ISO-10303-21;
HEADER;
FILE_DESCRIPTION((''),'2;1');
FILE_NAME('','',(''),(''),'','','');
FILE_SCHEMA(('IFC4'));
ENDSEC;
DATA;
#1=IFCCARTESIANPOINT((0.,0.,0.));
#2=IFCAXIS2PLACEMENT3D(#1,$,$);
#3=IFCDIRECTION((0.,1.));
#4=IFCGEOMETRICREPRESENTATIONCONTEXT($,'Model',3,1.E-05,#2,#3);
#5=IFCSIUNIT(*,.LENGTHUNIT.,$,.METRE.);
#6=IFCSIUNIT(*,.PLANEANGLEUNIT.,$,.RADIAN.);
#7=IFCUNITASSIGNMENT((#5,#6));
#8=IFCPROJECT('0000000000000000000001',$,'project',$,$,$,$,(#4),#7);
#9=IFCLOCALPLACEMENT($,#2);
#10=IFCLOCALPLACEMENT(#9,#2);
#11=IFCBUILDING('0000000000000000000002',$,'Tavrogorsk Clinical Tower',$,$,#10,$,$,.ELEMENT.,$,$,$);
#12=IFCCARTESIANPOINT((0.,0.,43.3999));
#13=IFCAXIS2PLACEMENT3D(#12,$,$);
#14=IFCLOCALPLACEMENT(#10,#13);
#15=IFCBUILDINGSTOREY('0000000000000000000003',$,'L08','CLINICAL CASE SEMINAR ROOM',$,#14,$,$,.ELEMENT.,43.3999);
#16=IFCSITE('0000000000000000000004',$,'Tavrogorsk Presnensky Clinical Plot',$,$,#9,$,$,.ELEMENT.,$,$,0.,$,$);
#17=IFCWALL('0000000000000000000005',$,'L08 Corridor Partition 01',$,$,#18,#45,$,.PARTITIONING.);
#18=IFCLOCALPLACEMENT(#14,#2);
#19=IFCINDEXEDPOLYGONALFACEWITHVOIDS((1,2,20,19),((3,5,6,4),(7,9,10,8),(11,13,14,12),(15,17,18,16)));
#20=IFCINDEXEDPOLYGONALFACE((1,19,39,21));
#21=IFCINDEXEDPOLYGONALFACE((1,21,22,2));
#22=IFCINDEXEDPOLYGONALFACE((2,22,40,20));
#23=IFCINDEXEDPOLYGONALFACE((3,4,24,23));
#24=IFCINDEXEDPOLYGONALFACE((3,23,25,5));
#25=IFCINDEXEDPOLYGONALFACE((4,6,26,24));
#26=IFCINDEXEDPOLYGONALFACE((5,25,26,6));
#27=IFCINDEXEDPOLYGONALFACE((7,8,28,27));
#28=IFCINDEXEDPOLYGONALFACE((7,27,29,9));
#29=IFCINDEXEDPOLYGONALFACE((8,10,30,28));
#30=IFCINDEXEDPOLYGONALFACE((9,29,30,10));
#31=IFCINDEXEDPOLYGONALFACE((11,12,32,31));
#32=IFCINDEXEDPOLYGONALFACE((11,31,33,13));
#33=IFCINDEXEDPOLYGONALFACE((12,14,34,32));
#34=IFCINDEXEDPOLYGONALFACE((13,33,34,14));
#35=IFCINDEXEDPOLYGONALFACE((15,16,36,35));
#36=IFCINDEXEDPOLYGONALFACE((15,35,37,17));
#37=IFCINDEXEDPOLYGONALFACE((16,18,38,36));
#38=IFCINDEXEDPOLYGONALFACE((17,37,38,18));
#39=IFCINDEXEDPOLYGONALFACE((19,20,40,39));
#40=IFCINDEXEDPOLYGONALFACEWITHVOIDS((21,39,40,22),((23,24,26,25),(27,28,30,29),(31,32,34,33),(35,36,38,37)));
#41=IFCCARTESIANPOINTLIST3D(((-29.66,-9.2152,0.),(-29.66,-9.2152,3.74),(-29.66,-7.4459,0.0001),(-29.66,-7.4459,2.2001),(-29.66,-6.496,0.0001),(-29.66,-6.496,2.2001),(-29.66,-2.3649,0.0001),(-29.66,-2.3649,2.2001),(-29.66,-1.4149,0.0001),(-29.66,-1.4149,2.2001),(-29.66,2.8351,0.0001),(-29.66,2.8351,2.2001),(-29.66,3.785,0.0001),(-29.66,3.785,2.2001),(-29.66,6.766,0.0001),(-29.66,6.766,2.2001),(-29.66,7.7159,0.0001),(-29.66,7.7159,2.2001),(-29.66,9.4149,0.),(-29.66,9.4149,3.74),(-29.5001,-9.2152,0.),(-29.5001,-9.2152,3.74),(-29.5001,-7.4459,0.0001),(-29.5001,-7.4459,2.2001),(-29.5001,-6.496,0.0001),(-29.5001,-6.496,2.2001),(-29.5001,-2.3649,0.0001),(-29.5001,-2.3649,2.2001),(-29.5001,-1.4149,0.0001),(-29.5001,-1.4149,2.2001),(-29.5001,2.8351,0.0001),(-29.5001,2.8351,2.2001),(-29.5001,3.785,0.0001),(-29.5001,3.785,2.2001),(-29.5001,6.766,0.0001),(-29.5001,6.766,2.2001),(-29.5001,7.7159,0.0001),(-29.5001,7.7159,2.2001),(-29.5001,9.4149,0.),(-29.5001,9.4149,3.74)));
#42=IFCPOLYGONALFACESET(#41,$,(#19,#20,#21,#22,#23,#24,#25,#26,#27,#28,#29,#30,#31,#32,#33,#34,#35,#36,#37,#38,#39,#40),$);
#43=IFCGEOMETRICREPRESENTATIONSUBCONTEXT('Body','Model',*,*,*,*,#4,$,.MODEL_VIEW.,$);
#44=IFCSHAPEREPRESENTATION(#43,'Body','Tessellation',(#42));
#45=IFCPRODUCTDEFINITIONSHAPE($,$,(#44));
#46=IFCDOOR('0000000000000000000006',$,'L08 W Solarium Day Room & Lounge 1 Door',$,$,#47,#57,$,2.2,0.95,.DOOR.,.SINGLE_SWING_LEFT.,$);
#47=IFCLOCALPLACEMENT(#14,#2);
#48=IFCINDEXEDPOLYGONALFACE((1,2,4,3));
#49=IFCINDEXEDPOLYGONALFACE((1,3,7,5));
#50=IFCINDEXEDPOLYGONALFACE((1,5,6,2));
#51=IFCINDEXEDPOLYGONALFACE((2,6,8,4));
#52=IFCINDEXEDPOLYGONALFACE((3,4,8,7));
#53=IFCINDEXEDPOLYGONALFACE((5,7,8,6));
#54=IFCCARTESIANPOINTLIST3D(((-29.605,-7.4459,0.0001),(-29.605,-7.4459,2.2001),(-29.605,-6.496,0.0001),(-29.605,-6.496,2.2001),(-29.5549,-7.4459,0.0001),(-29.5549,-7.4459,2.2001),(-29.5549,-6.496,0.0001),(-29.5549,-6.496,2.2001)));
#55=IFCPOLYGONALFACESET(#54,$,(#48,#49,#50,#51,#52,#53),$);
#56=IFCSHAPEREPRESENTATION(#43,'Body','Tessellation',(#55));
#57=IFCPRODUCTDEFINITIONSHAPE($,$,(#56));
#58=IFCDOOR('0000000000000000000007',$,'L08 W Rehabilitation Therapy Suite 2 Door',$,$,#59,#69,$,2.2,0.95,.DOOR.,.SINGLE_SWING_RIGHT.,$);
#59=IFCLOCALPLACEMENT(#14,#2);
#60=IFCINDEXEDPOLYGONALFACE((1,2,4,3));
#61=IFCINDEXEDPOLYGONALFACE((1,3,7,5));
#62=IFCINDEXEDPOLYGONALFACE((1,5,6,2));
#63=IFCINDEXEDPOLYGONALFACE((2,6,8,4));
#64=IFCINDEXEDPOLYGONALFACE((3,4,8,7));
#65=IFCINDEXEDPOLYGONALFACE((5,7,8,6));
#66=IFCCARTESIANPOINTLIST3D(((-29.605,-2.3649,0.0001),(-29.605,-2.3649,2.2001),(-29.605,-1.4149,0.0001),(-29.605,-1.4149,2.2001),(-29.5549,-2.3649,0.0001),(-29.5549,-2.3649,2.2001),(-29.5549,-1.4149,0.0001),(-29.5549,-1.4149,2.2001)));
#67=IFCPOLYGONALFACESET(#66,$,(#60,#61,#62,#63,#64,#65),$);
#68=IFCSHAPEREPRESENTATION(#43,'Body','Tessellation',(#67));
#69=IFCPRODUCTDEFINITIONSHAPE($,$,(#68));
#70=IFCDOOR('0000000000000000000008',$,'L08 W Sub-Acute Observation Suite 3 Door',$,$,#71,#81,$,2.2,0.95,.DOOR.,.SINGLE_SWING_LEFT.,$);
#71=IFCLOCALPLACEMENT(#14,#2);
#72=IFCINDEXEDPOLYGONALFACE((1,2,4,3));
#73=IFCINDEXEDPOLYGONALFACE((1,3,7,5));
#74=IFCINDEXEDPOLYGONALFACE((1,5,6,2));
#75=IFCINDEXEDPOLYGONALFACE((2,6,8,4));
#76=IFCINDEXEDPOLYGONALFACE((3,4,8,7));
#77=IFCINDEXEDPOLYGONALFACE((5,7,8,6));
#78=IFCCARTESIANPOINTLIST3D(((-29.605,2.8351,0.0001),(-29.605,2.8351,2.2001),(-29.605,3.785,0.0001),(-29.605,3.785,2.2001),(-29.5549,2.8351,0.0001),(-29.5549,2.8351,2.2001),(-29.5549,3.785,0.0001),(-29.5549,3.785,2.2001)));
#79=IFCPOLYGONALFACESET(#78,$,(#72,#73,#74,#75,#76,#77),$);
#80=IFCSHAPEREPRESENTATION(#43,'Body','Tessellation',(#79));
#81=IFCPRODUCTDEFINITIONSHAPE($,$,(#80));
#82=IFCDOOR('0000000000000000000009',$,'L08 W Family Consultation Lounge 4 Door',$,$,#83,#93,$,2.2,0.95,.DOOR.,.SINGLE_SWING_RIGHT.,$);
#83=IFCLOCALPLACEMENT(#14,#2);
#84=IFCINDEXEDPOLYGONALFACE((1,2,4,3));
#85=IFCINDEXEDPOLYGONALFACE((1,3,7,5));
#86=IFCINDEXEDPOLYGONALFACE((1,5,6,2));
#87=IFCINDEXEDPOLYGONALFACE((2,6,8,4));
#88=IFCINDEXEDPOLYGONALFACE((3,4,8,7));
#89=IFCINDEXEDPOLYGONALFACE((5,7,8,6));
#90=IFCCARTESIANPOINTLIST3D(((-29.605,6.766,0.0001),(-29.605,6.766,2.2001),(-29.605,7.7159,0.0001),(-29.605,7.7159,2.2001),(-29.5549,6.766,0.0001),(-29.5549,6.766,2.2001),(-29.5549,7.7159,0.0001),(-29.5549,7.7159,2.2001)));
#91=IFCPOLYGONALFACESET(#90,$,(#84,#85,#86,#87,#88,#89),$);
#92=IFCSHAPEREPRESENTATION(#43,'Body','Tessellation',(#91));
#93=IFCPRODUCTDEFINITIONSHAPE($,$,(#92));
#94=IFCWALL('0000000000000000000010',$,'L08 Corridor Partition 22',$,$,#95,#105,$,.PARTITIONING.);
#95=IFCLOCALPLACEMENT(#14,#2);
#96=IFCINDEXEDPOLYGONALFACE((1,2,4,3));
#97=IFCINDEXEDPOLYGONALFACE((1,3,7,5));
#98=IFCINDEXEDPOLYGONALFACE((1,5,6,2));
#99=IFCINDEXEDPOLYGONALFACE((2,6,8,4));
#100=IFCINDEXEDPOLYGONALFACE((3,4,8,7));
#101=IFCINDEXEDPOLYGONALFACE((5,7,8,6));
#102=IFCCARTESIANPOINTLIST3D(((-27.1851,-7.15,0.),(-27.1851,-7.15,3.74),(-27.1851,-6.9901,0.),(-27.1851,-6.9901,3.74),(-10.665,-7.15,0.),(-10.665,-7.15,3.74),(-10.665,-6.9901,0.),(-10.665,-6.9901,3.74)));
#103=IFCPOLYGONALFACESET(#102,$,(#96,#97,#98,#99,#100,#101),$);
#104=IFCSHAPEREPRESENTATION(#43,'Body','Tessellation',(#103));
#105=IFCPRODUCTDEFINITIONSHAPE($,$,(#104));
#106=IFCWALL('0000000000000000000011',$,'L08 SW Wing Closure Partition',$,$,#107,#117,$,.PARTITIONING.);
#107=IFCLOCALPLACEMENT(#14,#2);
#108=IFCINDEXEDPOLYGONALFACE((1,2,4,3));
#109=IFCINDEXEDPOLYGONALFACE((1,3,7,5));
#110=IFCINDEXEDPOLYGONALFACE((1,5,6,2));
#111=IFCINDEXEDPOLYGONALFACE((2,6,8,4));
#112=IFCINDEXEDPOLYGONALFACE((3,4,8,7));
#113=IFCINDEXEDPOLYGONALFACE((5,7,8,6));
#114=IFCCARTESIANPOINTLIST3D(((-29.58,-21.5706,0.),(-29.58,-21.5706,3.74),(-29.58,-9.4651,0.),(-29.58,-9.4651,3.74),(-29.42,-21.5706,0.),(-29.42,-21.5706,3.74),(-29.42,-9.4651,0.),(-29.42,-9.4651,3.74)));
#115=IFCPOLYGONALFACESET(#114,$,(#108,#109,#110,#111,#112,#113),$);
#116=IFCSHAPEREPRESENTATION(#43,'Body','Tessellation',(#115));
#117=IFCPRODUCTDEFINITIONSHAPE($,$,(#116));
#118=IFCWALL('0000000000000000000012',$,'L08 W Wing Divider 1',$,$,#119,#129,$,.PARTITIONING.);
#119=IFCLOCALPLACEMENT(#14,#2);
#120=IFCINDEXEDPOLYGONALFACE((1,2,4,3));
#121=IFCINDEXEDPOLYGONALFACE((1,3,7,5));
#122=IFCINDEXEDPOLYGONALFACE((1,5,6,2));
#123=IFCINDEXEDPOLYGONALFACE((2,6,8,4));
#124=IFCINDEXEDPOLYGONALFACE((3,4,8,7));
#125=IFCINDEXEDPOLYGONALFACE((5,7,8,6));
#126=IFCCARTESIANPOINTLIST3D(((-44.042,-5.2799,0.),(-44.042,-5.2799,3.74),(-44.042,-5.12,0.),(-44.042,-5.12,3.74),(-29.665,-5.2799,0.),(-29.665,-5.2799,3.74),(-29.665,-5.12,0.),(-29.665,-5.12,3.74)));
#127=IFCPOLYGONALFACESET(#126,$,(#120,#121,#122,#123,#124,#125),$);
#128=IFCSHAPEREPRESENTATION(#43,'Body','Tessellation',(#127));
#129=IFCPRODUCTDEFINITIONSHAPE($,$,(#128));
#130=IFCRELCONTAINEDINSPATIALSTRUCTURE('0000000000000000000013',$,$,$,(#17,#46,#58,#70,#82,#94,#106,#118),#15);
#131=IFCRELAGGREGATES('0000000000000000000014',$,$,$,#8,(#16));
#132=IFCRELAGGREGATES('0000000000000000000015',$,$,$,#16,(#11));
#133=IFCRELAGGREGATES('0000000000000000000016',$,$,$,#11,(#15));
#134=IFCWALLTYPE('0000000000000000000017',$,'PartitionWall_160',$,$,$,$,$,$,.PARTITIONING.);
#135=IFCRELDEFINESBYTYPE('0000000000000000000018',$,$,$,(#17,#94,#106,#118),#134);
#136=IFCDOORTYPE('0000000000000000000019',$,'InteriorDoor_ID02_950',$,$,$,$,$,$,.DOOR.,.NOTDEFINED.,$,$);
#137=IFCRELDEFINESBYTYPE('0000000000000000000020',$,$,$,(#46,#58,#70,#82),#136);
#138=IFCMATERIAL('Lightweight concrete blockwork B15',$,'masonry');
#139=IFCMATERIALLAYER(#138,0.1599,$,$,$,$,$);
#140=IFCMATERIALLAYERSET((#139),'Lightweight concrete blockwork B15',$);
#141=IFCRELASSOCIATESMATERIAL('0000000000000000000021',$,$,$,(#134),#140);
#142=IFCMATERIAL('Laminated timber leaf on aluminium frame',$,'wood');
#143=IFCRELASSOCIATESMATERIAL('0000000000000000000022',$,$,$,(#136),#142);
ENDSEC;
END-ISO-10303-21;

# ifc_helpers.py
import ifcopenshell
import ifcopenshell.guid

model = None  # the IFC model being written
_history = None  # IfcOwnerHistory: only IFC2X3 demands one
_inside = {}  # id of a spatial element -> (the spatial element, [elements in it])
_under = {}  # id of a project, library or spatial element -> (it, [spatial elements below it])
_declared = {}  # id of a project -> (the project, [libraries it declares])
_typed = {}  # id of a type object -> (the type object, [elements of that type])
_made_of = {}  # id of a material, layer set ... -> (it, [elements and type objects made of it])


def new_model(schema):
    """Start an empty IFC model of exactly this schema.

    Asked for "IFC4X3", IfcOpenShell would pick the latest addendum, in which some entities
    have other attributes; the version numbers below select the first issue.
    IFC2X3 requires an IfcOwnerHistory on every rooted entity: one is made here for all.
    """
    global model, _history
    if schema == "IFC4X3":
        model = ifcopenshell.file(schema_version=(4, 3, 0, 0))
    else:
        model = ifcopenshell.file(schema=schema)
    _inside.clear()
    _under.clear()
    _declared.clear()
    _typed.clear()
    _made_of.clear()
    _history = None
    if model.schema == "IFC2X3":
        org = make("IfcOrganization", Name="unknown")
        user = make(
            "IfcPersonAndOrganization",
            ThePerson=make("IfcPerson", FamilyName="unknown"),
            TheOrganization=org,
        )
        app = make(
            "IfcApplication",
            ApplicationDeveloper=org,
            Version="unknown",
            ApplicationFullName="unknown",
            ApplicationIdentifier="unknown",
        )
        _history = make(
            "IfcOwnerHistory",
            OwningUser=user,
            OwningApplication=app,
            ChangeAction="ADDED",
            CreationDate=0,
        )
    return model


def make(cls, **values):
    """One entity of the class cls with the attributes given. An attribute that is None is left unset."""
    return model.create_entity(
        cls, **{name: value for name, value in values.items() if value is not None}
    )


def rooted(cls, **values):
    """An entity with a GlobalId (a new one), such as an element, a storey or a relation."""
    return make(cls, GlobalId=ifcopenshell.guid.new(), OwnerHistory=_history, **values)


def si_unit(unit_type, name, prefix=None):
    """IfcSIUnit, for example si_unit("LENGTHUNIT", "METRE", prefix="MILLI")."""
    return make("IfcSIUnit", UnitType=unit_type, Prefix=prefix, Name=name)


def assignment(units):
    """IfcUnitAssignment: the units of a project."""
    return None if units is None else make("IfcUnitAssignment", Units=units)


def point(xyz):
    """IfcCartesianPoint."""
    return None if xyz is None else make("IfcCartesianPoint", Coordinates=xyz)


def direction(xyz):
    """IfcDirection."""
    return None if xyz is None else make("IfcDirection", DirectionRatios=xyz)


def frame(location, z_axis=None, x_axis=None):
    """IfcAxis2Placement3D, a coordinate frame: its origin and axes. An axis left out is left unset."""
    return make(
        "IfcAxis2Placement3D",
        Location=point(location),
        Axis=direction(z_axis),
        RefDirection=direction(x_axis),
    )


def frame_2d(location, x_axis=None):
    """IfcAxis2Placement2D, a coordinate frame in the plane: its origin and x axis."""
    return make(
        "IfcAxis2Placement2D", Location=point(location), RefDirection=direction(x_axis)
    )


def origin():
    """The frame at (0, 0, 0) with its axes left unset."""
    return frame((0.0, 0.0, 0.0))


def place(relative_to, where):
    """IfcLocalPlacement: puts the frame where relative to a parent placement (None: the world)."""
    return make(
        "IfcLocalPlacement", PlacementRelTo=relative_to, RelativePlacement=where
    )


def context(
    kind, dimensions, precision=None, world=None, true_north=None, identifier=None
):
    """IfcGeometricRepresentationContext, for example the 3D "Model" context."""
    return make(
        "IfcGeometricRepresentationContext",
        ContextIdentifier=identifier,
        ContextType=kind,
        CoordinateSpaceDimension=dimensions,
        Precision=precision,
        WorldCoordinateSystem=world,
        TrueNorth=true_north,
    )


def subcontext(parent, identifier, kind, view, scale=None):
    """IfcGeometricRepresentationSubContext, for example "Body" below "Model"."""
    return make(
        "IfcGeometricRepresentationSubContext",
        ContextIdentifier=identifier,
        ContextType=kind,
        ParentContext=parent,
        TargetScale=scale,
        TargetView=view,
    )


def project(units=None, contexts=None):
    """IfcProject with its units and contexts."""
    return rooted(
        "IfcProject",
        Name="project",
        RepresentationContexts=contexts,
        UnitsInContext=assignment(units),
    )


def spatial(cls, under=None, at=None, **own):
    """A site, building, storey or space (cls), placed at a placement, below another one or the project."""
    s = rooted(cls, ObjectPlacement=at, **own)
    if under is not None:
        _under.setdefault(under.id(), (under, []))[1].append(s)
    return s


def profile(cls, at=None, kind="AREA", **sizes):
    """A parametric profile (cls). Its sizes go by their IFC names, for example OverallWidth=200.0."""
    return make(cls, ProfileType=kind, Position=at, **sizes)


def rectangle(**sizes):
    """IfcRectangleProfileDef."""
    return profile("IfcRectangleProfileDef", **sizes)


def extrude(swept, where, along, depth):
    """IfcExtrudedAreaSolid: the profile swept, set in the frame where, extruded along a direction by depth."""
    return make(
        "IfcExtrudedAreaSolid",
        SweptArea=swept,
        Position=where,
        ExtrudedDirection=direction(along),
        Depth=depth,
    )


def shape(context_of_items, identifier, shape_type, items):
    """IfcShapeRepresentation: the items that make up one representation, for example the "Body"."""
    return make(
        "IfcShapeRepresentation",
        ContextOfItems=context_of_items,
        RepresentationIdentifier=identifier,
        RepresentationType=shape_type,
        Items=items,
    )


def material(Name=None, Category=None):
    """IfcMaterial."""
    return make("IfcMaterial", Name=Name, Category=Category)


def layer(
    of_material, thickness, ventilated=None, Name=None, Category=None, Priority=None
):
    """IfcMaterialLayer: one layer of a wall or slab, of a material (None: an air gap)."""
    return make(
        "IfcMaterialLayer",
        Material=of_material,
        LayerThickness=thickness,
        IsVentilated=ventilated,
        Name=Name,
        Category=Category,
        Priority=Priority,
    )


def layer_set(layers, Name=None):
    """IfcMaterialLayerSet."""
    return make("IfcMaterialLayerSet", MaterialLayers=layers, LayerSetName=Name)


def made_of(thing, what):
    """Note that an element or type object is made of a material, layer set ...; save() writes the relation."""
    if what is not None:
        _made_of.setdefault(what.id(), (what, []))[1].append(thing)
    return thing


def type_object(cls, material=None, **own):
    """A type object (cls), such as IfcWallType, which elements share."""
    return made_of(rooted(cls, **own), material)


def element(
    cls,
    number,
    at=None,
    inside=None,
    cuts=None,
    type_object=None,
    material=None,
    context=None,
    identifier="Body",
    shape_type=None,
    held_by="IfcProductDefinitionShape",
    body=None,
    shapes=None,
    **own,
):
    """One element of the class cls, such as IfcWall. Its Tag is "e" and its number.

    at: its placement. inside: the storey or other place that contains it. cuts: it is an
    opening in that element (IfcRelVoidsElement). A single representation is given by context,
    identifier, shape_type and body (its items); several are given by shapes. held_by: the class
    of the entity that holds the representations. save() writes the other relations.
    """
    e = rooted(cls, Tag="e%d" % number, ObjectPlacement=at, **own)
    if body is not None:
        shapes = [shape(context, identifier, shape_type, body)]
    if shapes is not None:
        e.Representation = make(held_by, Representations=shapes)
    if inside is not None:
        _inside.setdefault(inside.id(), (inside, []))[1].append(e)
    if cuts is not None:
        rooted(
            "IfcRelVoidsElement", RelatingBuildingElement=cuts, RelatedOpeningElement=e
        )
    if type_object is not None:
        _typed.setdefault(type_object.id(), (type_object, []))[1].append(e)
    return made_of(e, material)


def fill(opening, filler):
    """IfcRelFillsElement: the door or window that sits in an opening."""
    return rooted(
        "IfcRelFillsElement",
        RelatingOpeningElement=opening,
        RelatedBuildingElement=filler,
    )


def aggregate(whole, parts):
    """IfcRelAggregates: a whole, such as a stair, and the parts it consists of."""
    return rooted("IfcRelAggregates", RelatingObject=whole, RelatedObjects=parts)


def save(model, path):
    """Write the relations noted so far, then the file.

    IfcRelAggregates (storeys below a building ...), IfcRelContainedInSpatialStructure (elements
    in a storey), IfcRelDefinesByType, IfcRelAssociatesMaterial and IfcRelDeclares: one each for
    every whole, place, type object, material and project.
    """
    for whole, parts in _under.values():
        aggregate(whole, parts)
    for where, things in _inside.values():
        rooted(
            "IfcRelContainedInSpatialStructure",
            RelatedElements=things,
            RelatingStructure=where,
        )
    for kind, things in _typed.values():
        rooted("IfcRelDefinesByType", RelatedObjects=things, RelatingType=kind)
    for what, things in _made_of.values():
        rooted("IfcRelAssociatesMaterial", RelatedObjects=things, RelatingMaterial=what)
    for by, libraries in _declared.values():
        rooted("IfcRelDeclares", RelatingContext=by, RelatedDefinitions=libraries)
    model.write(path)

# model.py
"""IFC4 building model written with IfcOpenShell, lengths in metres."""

from ifc_helpers import new_model, si_unit, direction, frame, frame_2d, origin, place, context, subcontext, project, spatial, rectangle, extrude, material, layer, layer_set, type_object, element, fill, save


model = new_model("IFC4")

# Units and contexts
model_context = context("Model", 3, precision=1e-05, world=origin(), true_north=direction((0.0, 1.0)))
body_context = subcontext(model_context, "Body", "Model", "MODEL_VIEW")
ifc_project = project(units=[si_unit("LENGTHUNIT", "METRE"), si_unit("PLANEANGLEUNIT", "RADIAN")], contexts=[model_context])

# Site, building, storey
site_placement = place(None, origin())
site = spatial("IfcSite", under=ifc_project, at=site_placement, Name="Tavrogorsk Presnensky Clinical Plot", CompositionType="ELEMENT", RefElevation=0.0)
building_placement = place(site_placement, origin())
building = spatial("IfcBuilding", under=site, at=building_placement, Name="Tavrogorsk Clinical Tower", CompositionType="ELEMENT")
storey_placement = place(building_placement, frame((0.0, 0.0, 43.3999)))
storey = spatial("IfcBuildingStorey", under=building, at=storey_placement, Name="L08", Description="CLINICAL CASE SEMINAR ROOM", CompositionType="ELEMENT", Elevation=43.3999)

# Shared definitions
ifc_material_1 = material(Name="Lightweight concrete blockwork B15", Category="masonry")
ifc_layer_1 = layer(ifc_material_1, 0.1599)
ifc_layer_set_1 = layer_set([ifc_layer_1], Name="Lightweight concrete blockwork B15")
wall_type_1 = type_object("IfcWallType", Name="PartitionWall_160", PredefinedType="PARTITIONING", material=ifc_layer_set_1)

# Wall, openings, doors
wall_1_placement = place(storey_placement, frame((-29.5801, -9.2151, 0.0), z_axis=(0.0, 0.0, 1.0), x_axis=(0.0, 1.0, 0.0)))
wall_1 = element("IfcWall", 1, at=wall_1_placement, inside=storey, type_object=wall_type_1, Name="L08 Corridor Partition 01", PredefinedType="PARTITIONING", context=body_context, shape_type="SweptSolid", body=[
    extrude(rectangle(XDim=18.6301, YDim=0.1599, at=frame_2d((9.3149, 0.0))), origin(), (0.0, 0.0, 1.0), 3.74),
])
opening_1_placement = place(wall_1_placement, frame((1.769, 0.0, 0.0)))
opening_1 = element("IfcOpeningElement", 2, at=opening_1_placement, cuts=wall_1, PredefinedType="OPENING", context=body_context, shape_type="SweptSolid", body=[
    extrude(rectangle(XDim=0.95, YDim=2.2, at=frame_2d((0.4751, 1.1001))), frame((0.0, 0.0898, 0.0), z_axis=(0.0, -1.0, 0.0), x_axis=(1.0, 0.0, 0.0)), (0.0, 0.0, 1.0), 0.1799),
])
opening_2_placement = place(wall_1_placement, frame((6.8501, 0.0, 0.0)))
opening_2 = element("IfcOpeningElement", 3, at=opening_2_placement, cuts=wall_1, PredefinedType="OPENING", context=body_context, shape_type="SweptSolid", body=[
    extrude(rectangle(XDim=0.95, YDim=2.2, at=frame_2d((0.4751, 1.1001))), frame((0.0, 0.0898, 0.0), z_axis=(0.0, -1.0, 0.0), x_axis=(1.0, 0.0, 0.0)), (0.0, 0.0, 1.0), 0.1799),
])
opening_3_placement = place(wall_1_placement, frame((12.05, 0.0, 0.0)))
opening_3 = element("IfcOpeningElement", 4, at=opening_3_placement, cuts=wall_1, PredefinedType="OPENING", context=body_context, shape_type="SweptSolid", body=[
    extrude(rectangle(XDim=0.95, YDim=2.2, at=frame_2d((0.4751, 1.1001))), frame((0.0, 0.0898, 0.0), z_axis=(0.0, -1.0, 0.0), x_axis=(1.0, 0.0, 0.0)), (0.0, 0.0, 1.0), 0.1799),
])
opening_4_placement = place(wall_1_placement, frame((15.981, 0.0, 0.0)))
opening_4 = element("IfcOpeningElement", 5, at=opening_4_placement, cuts=wall_1, PredefinedType="OPENING", context=body_context, shape_type="SweptSolid", body=[
    extrude(rectangle(XDim=0.95, YDim=2.2, at=frame_2d((0.4751, 1.1001))), frame((0.0, 0.0898, 0.0), z_axis=(0.0, -1.0, 0.0), x_axis=(1.0, 0.0, 0.0)), (0.0, 0.0, 1.0), 0.1799),
])
ifc_material_2 = material(Name="Laminated timber leaf on aluminium frame", Category="wood")
door_type = type_object("IfcDoorType", Name="InteriorDoor_ID02_950", OperationType="NOTDEFINED", PredefinedType="DOOR", material=ifc_material_2)
door_1_placement = place(opening_1_placement, origin())
door_1 = element("IfcDoor", 6, at=door_1_placement, inside=storey, type_object=door_type, Name="L08 W Solarium Day Room & Lounge 1 Door", OperationType="SINGLE_SWING_LEFT", OverallHeight=2.2, OverallWidth=0.95, PredefinedType="DOOR", context=body_context, shape_type="SweptSolid", body=[
    extrude(rectangle(XDim=0.95, YDim=2.2, at=frame_2d((0.4751, 1.1001))), frame((0.0, 0.0249, 0.0), z_axis=(0.0, -1.0, 0.0), x_axis=(1.0, 0.0, 0.0)), (0.0, 0.0, 1.0), 0.05),
])
fill(opening_1, door_1)
door_2_placement = place(opening_2_placement, origin())
door_2 = element("IfcDoor", 7, at=door_2_placement, inside=storey, type_object=door_type, Name="L08 W Rehabilitation Therapy Suite 2 Door", OperationType="SINGLE_SWING_RIGHT", OverallHeight=2.2, OverallWidth=0.95, PredefinedType="DOOR", context=body_context, shape_type="SweptSolid", body=[
    extrude(rectangle(XDim=0.95, YDim=2.2, at=frame_2d((0.4751, 1.1001))), frame((0.0, 0.0249, 0.0), z_axis=(0.0, -1.0, 0.0), x_axis=(1.0, 0.0, 0.0)), (0.0, 0.0, 1.0), 0.05),
])
fill(opening_2, door_2)
door_3_placement = place(opening_3_placement, origin())
door_3 = element("IfcDoor", 8, at=door_3_placement, inside=storey, type_object=door_type, Name="L08 W Sub-Acute Observation Suite 3 Door", OperationType="SINGLE_SWING_LEFT", OverallHeight=2.2, OverallWidth=0.95, PredefinedType="DOOR", context=body_context, shape_type="SweptSolid", body=[
    extrude(rectangle(XDim=0.95, YDim=2.2, at=frame_2d((0.4751, 1.1001))), frame((0.0, 0.0249, 0.0), z_axis=(0.0, -1.0, 0.0), x_axis=(1.0, 0.0, 0.0)), (0.0, 0.0, 1.0), 0.05),
])
fill(opening_3, door_3)
door_4_placement = place(opening_4_placement, origin())
door_4 = element("IfcDoor", 9, at=door_4_placement, inside=storey, type_object=door_type, Name="L08 W Family Consultation Lounge 4 Door", OperationType="SINGLE_SWING_RIGHT", OverallHeight=2.2, OverallWidth=0.95, PredefinedType="DOOR", context=body_context, shape_type="SweptSolid", body=[
    extrude(rectangle(XDim=0.95, YDim=2.2, at=frame_2d((0.4751, 1.1001))), frame((0.0, 0.0249, 0.0), z_axis=(0.0, -1.0, 0.0), x_axis=(1.0, 0.0, 0.0)), (0.0, 0.0, 1.0), 0.05),
])
fill(opening_4, door_4)

# Walls
wall_2_placement = place(storey_placement, frame((-27.1851, -7.0701, 0.0), z_axis=(0.0, 0.0, 1.0), x_axis=(1.0, 0.0, 0.0)))
element("IfcWall", 10, at=wall_2_placement, inside=storey, type_object=wall_type_1, Name="L08 Corridor Partition 22", PredefinedType="PARTITIONING", context=body_context, shape_type="SweptSolid", body=[
    extrude(rectangle(XDim=16.52, YDim=0.1599, at=frame_2d((8.26, 0.0))), origin(), (0.0, 0.0, 1.0), 3.74),
])
wall_3_placement = place(storey_placement, frame((-29.5, -21.5706, 0.0), z_axis=(0.0, 0.0, 1.0), x_axis=(0.0, 1.0, 0.0)))
element("IfcWall", 11, at=wall_3_placement, inside=storey, type_object=wall_type_1, Name="L08 SW Wing Closure Partition", PredefinedType="PARTITIONING", context=body_context, shape_type="SweptSolid", body=[
    extrude(rectangle(XDim=12.1055, YDim=0.1599, at=frame_2d((6.0527, 0.0))), origin(), (0.0, 0.0, 1.0), 3.74),
])
wall_4_placement = place(storey_placement, frame((-44.042, -5.2, 0.0), z_axis=(0.0, 0.0, 1.0), x_axis=(1.0, 0.0, 0.0)))
element("IfcWall", 12, at=wall_4_placement, inside=storey, type_object=wall_type_1, Name="L08 W Wing Divider 1", PredefinedType="PARTITIONING", context=body_context, shape_type="SweptSolid", body=[
    extrude(rectangle(XDim=14.377, YDim=0.1599, at=frame_2d((7.1885, 0.0))), origin(), (0.0, 0.0, 1.0), 3.74),
])

save(model, "model.ifc")
